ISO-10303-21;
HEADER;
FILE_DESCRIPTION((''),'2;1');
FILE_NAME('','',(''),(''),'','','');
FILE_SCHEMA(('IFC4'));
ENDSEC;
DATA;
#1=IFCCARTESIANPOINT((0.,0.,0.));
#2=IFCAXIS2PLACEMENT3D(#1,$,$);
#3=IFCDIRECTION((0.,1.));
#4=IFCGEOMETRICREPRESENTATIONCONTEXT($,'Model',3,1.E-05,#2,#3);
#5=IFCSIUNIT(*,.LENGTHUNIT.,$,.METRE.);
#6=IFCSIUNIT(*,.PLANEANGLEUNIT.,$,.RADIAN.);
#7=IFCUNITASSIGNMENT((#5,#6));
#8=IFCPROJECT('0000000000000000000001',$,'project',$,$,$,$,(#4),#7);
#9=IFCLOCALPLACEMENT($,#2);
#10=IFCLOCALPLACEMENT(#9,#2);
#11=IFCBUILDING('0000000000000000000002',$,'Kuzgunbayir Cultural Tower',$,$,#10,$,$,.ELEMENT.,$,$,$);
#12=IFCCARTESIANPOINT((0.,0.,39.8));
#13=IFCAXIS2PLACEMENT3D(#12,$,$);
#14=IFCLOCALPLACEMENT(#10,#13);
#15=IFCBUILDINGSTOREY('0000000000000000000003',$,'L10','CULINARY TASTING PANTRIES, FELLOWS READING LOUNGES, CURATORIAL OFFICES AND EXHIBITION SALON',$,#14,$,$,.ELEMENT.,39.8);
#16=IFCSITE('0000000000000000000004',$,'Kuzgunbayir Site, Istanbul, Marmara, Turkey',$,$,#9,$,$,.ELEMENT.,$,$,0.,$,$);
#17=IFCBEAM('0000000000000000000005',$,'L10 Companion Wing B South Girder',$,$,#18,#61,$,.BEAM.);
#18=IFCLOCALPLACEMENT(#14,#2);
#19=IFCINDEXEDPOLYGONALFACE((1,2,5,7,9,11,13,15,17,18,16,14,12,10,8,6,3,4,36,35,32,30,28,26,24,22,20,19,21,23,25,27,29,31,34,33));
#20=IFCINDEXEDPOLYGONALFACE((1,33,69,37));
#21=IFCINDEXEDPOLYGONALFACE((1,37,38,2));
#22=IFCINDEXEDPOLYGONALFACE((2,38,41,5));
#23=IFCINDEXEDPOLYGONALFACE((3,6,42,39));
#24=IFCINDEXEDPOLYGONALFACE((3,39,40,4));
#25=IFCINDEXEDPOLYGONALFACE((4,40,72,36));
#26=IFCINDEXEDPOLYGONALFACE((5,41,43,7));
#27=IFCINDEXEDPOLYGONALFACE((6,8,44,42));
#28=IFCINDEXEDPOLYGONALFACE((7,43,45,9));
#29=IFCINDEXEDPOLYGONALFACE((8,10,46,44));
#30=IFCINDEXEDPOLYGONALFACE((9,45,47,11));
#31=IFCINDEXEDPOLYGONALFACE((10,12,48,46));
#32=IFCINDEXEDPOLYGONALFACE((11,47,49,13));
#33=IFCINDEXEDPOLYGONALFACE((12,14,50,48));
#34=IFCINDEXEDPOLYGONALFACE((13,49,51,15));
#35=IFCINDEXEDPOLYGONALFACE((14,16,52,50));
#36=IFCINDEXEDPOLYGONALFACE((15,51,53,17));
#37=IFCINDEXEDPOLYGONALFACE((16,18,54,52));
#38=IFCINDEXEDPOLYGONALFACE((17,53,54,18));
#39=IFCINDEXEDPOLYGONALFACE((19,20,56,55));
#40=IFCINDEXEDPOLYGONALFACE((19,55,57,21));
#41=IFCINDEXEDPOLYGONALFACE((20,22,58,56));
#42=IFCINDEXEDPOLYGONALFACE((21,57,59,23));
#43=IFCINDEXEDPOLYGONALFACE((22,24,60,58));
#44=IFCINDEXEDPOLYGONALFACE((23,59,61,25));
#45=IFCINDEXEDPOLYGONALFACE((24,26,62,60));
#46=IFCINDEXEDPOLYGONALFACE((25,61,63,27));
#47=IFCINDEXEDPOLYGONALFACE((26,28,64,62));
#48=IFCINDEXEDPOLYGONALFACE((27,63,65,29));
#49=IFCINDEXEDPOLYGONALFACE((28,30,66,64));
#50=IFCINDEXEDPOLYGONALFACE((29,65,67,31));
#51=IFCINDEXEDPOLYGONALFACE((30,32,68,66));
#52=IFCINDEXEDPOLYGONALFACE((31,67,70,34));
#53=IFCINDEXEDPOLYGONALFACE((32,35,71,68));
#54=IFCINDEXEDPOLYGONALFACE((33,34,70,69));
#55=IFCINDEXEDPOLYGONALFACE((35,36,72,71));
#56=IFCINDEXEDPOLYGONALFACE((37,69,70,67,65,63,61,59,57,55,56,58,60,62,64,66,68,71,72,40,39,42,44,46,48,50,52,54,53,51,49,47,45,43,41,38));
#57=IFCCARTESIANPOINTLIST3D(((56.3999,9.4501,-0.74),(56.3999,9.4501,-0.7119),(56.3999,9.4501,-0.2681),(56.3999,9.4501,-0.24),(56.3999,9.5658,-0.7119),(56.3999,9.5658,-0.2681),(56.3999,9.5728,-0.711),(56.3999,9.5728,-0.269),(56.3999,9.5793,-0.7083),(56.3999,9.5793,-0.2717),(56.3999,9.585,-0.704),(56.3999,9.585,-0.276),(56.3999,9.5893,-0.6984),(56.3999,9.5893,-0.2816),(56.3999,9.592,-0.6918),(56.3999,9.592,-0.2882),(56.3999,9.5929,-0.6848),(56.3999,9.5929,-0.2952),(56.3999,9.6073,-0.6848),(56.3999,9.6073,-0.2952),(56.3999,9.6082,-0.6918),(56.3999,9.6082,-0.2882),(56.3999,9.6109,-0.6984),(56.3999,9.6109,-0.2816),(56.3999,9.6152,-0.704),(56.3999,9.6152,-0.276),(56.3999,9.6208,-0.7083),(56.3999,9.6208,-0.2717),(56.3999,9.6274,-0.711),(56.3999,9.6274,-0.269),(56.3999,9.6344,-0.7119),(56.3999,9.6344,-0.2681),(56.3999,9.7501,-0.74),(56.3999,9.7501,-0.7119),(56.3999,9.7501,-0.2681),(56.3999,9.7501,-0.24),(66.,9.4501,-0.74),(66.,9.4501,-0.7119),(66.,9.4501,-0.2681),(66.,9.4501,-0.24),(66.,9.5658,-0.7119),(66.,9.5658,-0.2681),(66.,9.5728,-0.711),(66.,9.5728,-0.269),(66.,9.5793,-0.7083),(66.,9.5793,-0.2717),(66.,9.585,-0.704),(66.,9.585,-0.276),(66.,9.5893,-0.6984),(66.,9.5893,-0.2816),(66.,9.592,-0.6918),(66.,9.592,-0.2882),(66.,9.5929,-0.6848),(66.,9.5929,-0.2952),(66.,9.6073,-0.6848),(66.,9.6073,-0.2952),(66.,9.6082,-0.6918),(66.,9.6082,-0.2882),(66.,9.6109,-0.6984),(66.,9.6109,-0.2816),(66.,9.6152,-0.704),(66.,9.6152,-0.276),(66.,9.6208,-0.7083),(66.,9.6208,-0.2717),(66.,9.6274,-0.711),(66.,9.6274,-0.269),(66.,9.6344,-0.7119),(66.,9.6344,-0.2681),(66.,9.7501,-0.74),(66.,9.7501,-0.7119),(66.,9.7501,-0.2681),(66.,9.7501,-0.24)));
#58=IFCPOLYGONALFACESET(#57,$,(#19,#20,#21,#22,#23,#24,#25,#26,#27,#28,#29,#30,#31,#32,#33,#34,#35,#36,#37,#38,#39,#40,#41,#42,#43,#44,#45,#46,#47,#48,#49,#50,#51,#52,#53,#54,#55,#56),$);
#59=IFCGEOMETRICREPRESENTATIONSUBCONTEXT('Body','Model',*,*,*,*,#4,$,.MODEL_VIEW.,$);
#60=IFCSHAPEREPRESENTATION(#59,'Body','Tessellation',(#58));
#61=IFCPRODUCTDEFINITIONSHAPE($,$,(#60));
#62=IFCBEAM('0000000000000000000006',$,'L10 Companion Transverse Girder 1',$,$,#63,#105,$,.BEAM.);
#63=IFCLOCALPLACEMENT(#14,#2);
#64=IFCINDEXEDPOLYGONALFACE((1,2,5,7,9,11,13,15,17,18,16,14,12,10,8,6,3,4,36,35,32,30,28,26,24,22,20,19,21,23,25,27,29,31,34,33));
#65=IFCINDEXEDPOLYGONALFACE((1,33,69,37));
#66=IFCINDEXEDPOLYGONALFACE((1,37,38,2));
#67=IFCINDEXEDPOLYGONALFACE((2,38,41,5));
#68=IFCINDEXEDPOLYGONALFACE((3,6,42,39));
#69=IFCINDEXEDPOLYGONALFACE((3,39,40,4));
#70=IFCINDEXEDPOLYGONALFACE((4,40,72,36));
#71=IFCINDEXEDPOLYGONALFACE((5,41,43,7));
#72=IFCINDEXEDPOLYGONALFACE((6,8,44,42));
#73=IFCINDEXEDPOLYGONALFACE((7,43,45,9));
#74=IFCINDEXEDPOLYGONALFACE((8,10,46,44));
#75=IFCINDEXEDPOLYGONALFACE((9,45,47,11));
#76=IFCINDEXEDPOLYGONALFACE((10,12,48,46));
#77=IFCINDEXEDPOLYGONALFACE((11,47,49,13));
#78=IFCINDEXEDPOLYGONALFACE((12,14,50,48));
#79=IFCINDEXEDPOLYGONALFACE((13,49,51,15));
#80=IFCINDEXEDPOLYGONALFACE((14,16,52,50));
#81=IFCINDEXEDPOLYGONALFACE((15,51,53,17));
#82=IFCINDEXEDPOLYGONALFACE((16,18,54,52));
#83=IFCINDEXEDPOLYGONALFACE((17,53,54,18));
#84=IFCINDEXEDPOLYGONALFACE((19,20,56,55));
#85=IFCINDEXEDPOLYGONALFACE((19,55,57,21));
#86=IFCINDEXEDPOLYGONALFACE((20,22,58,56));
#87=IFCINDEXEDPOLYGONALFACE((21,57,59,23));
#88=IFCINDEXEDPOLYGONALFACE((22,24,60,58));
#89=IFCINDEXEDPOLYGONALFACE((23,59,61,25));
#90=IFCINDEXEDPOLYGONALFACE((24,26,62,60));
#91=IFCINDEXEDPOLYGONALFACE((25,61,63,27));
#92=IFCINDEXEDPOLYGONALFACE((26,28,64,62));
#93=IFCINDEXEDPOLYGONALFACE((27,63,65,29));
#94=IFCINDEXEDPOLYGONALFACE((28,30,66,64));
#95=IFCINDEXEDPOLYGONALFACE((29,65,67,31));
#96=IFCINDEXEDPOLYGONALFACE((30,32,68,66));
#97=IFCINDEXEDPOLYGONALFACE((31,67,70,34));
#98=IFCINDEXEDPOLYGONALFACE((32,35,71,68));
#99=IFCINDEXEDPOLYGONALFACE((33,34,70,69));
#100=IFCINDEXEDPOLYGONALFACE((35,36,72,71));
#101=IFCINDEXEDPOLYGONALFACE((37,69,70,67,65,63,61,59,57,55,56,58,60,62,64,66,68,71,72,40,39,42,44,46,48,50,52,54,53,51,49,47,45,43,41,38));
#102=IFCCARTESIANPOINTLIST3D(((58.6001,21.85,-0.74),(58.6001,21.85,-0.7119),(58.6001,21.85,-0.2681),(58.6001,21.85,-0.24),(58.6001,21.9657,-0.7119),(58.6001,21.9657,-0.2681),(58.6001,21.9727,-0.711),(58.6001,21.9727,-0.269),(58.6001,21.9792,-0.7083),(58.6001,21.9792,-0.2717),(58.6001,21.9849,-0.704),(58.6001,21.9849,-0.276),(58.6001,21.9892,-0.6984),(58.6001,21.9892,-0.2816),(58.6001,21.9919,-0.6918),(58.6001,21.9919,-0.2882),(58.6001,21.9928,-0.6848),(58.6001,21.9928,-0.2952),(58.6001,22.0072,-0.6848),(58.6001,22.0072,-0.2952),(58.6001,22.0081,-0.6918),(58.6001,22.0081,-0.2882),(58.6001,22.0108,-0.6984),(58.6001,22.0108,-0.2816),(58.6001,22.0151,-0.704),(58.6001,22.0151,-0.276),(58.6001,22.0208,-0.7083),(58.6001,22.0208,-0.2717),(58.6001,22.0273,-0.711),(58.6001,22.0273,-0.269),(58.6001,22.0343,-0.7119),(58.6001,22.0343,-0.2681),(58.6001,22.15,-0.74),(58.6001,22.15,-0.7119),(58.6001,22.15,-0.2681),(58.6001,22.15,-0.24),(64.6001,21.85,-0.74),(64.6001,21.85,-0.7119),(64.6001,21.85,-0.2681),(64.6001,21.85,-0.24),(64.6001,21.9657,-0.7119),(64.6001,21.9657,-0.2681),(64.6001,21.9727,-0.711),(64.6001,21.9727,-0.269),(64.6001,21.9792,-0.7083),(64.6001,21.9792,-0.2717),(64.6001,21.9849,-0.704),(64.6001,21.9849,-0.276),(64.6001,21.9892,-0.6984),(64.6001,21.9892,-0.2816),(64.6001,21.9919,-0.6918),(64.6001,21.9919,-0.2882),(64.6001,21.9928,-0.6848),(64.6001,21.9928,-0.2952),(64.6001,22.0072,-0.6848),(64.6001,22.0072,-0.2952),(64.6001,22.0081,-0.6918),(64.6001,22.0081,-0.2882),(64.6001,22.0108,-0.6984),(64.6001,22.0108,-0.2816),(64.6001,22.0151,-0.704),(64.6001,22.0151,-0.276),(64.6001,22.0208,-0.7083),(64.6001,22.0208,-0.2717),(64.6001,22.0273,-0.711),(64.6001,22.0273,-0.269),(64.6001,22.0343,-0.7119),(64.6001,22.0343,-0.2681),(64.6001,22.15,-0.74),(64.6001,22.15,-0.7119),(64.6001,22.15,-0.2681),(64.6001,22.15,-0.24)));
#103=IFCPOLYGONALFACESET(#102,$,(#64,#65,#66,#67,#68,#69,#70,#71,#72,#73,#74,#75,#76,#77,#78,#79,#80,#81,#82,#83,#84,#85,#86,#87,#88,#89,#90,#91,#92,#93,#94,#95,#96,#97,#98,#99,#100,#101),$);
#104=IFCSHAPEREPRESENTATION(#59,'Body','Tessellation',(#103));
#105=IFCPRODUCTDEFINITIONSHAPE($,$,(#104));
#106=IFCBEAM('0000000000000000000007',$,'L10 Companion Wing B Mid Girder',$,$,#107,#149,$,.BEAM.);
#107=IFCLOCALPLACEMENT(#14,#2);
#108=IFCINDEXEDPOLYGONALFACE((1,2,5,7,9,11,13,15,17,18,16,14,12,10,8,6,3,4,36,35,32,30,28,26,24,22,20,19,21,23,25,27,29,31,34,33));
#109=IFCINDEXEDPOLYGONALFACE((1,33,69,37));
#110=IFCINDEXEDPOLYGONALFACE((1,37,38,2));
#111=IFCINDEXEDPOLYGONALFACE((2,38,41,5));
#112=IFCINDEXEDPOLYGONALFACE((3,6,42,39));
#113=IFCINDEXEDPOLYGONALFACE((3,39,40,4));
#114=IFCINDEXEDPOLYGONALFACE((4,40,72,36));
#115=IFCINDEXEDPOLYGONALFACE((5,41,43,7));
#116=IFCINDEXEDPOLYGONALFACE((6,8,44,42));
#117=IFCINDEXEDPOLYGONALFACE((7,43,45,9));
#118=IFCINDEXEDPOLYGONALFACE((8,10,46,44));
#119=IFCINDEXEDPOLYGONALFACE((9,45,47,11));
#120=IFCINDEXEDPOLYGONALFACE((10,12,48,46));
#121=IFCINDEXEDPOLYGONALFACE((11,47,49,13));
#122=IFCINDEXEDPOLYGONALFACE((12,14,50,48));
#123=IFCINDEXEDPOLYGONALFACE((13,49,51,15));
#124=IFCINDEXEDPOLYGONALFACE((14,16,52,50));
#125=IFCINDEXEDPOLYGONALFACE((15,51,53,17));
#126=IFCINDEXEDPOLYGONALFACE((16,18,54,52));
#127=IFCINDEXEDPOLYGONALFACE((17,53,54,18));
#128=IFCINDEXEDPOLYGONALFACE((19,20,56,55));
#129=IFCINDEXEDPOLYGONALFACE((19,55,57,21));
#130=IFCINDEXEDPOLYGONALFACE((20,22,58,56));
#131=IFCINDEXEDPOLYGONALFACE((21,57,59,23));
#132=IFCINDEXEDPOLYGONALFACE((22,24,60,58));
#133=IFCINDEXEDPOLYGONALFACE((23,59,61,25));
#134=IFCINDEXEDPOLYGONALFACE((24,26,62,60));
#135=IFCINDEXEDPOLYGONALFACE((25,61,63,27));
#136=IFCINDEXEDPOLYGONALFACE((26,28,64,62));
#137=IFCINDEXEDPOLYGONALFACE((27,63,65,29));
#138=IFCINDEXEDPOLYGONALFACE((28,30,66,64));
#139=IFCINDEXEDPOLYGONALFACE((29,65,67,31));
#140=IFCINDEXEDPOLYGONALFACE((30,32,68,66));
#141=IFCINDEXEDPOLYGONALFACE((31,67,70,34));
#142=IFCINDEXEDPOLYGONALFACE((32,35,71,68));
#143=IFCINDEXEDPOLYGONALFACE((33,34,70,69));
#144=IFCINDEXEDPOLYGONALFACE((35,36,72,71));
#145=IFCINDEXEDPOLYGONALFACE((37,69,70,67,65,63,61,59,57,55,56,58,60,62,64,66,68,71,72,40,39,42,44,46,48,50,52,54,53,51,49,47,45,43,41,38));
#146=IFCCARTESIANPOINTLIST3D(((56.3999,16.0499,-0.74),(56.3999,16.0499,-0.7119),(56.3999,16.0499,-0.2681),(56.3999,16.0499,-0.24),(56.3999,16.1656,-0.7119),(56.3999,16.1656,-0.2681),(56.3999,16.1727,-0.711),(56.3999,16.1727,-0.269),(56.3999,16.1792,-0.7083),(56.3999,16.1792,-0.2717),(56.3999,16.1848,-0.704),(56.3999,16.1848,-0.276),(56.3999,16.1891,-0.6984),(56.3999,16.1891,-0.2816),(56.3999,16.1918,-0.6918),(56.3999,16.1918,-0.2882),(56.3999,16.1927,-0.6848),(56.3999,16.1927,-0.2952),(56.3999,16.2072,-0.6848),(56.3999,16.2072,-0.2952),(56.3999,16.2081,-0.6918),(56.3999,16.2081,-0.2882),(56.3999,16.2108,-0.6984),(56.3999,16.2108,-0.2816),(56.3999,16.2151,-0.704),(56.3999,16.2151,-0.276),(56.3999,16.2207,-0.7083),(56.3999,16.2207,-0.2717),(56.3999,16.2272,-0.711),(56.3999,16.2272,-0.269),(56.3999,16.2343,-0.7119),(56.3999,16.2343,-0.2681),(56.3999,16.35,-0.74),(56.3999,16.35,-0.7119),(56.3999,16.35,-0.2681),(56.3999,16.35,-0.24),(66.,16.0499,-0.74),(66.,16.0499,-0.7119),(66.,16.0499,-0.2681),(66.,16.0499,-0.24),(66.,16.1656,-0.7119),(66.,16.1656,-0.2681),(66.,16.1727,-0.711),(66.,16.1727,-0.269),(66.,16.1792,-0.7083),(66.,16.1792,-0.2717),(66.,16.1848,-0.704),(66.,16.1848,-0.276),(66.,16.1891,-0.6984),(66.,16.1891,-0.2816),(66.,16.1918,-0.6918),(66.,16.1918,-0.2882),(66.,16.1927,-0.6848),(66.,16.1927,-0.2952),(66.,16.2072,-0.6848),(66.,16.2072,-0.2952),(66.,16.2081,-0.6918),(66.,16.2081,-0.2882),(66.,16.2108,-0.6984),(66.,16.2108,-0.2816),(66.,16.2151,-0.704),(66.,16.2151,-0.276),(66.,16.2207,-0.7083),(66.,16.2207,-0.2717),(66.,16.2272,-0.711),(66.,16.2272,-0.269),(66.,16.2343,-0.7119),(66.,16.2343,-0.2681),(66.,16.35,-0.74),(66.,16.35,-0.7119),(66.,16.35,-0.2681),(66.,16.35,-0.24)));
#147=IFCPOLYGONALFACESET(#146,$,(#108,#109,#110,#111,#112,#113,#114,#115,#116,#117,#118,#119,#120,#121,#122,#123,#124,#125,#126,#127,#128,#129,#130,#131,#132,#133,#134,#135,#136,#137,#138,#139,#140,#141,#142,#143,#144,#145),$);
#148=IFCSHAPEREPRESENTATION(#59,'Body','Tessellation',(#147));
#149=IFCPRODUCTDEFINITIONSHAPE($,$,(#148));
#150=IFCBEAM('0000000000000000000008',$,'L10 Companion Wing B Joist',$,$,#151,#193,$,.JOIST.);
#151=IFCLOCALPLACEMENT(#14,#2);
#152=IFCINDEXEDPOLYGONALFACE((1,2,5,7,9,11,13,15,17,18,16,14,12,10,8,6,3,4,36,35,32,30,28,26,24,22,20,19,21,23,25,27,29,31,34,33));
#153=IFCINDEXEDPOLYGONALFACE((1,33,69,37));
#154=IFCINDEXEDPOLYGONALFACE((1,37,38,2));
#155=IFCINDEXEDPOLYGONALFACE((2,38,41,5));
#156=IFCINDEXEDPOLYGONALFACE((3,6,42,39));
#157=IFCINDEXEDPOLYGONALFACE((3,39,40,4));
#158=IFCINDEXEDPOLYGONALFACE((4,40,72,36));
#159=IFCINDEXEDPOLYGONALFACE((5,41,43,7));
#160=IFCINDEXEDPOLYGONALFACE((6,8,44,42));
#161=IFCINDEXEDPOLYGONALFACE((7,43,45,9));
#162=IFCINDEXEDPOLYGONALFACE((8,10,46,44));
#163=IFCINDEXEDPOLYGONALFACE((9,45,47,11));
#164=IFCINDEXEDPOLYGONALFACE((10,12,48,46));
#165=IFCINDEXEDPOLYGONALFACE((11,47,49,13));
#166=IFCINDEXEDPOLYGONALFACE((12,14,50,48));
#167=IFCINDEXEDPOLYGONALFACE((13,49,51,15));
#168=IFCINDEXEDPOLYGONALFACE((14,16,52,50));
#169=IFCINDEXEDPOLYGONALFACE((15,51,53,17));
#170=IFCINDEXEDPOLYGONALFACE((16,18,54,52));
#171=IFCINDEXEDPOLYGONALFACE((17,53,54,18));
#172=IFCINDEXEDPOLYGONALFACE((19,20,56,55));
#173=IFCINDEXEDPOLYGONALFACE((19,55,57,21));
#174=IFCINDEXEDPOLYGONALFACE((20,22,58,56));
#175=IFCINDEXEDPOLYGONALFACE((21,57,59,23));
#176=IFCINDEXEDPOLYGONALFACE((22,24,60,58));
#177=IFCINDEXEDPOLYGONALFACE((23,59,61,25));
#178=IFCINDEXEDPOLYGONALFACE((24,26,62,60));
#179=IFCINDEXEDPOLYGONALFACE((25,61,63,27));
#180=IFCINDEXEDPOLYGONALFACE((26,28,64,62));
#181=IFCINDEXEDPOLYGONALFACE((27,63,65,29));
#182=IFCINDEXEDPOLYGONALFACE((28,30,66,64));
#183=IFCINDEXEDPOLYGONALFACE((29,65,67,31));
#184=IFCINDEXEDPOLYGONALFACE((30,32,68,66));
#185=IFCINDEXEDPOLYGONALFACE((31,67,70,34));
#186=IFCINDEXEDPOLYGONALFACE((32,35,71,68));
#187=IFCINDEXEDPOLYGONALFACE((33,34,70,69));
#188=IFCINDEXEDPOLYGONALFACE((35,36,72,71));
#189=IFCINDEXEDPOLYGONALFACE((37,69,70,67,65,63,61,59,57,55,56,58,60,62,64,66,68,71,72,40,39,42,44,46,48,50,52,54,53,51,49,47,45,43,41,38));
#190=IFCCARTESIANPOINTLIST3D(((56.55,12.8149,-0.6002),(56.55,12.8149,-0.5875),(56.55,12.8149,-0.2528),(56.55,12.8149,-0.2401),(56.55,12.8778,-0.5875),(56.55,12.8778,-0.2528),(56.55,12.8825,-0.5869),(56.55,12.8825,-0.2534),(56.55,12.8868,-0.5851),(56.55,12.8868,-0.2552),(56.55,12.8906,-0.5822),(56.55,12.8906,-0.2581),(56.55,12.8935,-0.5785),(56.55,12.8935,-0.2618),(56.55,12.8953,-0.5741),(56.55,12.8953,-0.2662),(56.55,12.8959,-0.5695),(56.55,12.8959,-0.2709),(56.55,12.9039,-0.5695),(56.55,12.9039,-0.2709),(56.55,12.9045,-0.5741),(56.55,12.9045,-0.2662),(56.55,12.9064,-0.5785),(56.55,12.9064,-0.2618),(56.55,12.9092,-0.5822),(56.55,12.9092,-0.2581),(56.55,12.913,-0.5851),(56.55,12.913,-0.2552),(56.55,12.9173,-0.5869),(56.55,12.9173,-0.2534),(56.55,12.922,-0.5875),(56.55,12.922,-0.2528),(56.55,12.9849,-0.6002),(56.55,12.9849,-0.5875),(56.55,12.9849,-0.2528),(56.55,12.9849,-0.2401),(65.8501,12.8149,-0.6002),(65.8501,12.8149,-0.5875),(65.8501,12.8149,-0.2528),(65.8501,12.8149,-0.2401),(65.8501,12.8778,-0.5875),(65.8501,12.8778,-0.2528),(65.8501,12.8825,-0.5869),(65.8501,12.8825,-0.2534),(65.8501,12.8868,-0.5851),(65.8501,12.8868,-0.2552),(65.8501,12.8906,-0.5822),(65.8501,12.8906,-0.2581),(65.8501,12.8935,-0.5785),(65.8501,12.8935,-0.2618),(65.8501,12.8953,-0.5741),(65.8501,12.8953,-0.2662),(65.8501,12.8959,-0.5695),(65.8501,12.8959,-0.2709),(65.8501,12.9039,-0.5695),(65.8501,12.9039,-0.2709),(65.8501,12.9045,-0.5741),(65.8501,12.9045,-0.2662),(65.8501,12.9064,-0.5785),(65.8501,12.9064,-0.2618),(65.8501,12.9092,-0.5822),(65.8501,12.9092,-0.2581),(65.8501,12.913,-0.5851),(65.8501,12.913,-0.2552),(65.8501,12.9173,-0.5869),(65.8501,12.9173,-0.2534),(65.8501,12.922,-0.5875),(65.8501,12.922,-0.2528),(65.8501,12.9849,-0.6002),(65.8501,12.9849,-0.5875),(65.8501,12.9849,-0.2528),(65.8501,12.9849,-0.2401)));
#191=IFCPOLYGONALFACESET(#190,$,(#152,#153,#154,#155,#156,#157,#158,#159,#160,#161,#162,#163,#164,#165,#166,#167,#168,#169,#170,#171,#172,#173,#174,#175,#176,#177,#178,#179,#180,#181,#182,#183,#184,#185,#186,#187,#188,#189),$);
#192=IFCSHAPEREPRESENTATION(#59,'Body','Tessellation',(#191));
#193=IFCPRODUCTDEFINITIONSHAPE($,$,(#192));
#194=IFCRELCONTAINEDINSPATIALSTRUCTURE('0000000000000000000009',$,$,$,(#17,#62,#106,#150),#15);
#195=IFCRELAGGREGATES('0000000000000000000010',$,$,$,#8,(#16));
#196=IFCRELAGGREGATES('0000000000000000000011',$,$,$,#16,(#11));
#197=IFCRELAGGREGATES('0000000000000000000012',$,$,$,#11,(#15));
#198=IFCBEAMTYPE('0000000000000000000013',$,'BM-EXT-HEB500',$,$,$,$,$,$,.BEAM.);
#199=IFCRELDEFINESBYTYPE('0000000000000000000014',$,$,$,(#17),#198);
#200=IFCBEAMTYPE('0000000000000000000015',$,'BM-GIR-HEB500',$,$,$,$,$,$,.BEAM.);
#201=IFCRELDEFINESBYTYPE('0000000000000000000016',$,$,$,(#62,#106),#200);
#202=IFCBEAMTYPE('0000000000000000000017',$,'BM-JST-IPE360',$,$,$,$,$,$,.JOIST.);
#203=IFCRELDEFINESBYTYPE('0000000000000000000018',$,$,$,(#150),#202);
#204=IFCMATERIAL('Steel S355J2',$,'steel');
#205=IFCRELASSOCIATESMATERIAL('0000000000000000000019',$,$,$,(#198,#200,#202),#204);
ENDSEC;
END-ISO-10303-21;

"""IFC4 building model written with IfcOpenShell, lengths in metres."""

from ifc_helpers import new_model, si_unit, direction, frame, origin, origin_2d, place, context, subcontext, project, spatial, i_section, extrude, material, material_profile, profile_set, type_object, element, save


model = new_model("IFC4")

# Units and contexts
model_context = context("Model", 3, precision=1e-05, world=origin(), true_north=direction((0.0, 1.0)))
body_context = subcontext(model_context, "Body", "Model", "MODEL_VIEW")
ifc_project = project(units=[si_unit("LENGTHUNIT", "METRE"), si_unit("PLANEANGLEUNIT", "RADIAN")], contexts=[model_context])

# Site, building, storey
site_placement = place(None, origin())
site = spatial("IfcSite", under=ifc_project, at=site_placement, Name="Kuzgunbayir Site, Istanbul, Marmara, Turkey", CompositionType="ELEMENT", RefElevation=0.0)
building_placement = place(site_placement, origin())
building = spatial("IfcBuilding", under=site, at=building_placement, Name="Kuzgunbayir Cultural Tower", CompositionType="ELEMENT")
storey_placement = place(building_placement, frame((0.0, 0.0, 39.8)))
storey = spatial("IfcBuildingStorey", under=building, at=storey_placement, Name="L10", Description="CULINARY TASTING PANTRIES, FELLOWS READING LOUNGES, CURATORIAL OFFICES AND EXHIBITION SALON", CompositionType="ELEMENT", Elevation=39.8)

# Beams
ifc_material_1 = material(Name="Steel S355J2", Category="steel")
ifc_material_profile_1 = material_profile(ifc_material_1, i_section(OverallWidth=0.3, OverallDepth=0.5, WebThickness=0.0144, FlangeThickness=0.0281, FilletRadius=0.0271, at=origin_2d()), Name="HEB 500")
ifc_profile_set_1 = profile_set([ifc_material_profile_1], Name="Steel S355J2")
beam_type_1 = type_object("IfcBeamType", Name="BM-EXT-HEB500", PredefinedType="BEAM", material=ifc_profile_set_1)
beam_1_placement = place(storey_placement, frame((56.3999, 9.6001, -0.49), z_axis=(1.0, 0.0, 0.0), x_axis=(0.0, 1.0, 0.0)))
element("IfcBeam", 1, at=beam_1_placement, inside=storey, type_object=beam_type_1, Name="L10 Companion Wing B South Girder", PredefinedType="BEAM", context=body_context, shape_type="SweptSolid", body=[
    extrude(i_section(OverallWidth=0.3, OverallDepth=0.5, WebThickness=0.0144, FlangeThickness=0.0281, FilletRadius=0.0271, at=origin_2d()), origin(), (0.0, 0.0, 1.0), 9.6001),
])
ifc_material_profile_2 = material_profile(ifc_material_1, i_section(OverallWidth=0.3, OverallDepth=0.5, WebThickness=0.0144, FlangeThickness=0.0281, FilletRadius=0.0271, at=origin_2d()), Name="HEB 500")
ifc_profile_set_2 = profile_set([ifc_material_profile_2], Name="Steel S355J2")
beam_type_2 = type_object("IfcBeamType", Name="BM-GIR-HEB500", PredefinedType="BEAM", material=ifc_profile_set_2)
beam_2_placement = place(storey_placement, frame((58.6001, 22.0, -0.49), z_axis=(1.0, 0.0, 0.0), x_axis=(0.0, 1.0, 0.0)))
element("IfcBeam", 2, at=beam_2_placement, inside=storey, type_object=beam_type_2, Name="L10 Companion Transverse Girder 1", PredefinedType="BEAM", context=body_context, shape_type="SweptSolid", body=[
    extrude(i_section(OverallWidth=0.3, OverallDepth=0.5, WebThickness=0.0144, FlangeThickness=0.0281, FilletRadius=0.0271, at=origin_2d()), origin(), (0.0, 0.0, 1.0), 6.0),
])
beam_3_placement = place(storey_placement, frame((56.3999, 16.2, -0.49), z_axis=(1.0, 0.0, 0.0), x_axis=(0.0, 1.0, 0.0)))
element("IfcBeam", 3, at=beam_3_placement, inside=storey, type_object=beam_type_2, Name="L10 Companion Wing B Mid Girder", PredefinedType="BEAM", context=body_context, shape_type="SweptSolid", body=[
    extrude(i_section(OverallWidth=0.3, OverallDepth=0.5, WebThickness=0.0144, FlangeThickness=0.0281, FilletRadius=0.0271, at=origin_2d()), origin(), (0.0, 0.0, 1.0), 9.6001),
])
ifc_material_profile_3 = material_profile(ifc_material_1, i_section(OverallWidth=0.1699, OverallDepth=0.3601, WebThickness=0.0081, FlangeThickness=0.0127, FilletRadius=0.0181, at=origin_2d()), Name="IPE 360")
ifc_profile_set_3 = profile_set([ifc_material_profile_3], Name="Steel S355J2")
beam_type_3 = type_object("IfcBeamType", Name="BM-JST-IPE360", PredefinedType="JOIST", material=ifc_profile_set_3)
beam_4_placement = place(storey_placement, frame((56.55, 12.8999, -0.4202), z_axis=(1.0, 0.0, 0.0), x_axis=(0.0, 1.0, 0.0)))
element("IfcBeam", 4, at=beam_4_placement, inside=storey, type_object=beam_type_3, Name="L10 Companion Wing B Joist", PredefinedType="JOIST", context=body_context, shape_type="SweptSolid", body=[
    extrude(i_section(OverallWidth=0.1699, OverallDepth=0.3601, WebThickness=0.0081, FlangeThickness=0.0127, FilletRadius=0.0181, at=origin_2d()), origin(), (0.0, 0.0, 1.0), 9.3),
])

save(model, "model.ifc")
